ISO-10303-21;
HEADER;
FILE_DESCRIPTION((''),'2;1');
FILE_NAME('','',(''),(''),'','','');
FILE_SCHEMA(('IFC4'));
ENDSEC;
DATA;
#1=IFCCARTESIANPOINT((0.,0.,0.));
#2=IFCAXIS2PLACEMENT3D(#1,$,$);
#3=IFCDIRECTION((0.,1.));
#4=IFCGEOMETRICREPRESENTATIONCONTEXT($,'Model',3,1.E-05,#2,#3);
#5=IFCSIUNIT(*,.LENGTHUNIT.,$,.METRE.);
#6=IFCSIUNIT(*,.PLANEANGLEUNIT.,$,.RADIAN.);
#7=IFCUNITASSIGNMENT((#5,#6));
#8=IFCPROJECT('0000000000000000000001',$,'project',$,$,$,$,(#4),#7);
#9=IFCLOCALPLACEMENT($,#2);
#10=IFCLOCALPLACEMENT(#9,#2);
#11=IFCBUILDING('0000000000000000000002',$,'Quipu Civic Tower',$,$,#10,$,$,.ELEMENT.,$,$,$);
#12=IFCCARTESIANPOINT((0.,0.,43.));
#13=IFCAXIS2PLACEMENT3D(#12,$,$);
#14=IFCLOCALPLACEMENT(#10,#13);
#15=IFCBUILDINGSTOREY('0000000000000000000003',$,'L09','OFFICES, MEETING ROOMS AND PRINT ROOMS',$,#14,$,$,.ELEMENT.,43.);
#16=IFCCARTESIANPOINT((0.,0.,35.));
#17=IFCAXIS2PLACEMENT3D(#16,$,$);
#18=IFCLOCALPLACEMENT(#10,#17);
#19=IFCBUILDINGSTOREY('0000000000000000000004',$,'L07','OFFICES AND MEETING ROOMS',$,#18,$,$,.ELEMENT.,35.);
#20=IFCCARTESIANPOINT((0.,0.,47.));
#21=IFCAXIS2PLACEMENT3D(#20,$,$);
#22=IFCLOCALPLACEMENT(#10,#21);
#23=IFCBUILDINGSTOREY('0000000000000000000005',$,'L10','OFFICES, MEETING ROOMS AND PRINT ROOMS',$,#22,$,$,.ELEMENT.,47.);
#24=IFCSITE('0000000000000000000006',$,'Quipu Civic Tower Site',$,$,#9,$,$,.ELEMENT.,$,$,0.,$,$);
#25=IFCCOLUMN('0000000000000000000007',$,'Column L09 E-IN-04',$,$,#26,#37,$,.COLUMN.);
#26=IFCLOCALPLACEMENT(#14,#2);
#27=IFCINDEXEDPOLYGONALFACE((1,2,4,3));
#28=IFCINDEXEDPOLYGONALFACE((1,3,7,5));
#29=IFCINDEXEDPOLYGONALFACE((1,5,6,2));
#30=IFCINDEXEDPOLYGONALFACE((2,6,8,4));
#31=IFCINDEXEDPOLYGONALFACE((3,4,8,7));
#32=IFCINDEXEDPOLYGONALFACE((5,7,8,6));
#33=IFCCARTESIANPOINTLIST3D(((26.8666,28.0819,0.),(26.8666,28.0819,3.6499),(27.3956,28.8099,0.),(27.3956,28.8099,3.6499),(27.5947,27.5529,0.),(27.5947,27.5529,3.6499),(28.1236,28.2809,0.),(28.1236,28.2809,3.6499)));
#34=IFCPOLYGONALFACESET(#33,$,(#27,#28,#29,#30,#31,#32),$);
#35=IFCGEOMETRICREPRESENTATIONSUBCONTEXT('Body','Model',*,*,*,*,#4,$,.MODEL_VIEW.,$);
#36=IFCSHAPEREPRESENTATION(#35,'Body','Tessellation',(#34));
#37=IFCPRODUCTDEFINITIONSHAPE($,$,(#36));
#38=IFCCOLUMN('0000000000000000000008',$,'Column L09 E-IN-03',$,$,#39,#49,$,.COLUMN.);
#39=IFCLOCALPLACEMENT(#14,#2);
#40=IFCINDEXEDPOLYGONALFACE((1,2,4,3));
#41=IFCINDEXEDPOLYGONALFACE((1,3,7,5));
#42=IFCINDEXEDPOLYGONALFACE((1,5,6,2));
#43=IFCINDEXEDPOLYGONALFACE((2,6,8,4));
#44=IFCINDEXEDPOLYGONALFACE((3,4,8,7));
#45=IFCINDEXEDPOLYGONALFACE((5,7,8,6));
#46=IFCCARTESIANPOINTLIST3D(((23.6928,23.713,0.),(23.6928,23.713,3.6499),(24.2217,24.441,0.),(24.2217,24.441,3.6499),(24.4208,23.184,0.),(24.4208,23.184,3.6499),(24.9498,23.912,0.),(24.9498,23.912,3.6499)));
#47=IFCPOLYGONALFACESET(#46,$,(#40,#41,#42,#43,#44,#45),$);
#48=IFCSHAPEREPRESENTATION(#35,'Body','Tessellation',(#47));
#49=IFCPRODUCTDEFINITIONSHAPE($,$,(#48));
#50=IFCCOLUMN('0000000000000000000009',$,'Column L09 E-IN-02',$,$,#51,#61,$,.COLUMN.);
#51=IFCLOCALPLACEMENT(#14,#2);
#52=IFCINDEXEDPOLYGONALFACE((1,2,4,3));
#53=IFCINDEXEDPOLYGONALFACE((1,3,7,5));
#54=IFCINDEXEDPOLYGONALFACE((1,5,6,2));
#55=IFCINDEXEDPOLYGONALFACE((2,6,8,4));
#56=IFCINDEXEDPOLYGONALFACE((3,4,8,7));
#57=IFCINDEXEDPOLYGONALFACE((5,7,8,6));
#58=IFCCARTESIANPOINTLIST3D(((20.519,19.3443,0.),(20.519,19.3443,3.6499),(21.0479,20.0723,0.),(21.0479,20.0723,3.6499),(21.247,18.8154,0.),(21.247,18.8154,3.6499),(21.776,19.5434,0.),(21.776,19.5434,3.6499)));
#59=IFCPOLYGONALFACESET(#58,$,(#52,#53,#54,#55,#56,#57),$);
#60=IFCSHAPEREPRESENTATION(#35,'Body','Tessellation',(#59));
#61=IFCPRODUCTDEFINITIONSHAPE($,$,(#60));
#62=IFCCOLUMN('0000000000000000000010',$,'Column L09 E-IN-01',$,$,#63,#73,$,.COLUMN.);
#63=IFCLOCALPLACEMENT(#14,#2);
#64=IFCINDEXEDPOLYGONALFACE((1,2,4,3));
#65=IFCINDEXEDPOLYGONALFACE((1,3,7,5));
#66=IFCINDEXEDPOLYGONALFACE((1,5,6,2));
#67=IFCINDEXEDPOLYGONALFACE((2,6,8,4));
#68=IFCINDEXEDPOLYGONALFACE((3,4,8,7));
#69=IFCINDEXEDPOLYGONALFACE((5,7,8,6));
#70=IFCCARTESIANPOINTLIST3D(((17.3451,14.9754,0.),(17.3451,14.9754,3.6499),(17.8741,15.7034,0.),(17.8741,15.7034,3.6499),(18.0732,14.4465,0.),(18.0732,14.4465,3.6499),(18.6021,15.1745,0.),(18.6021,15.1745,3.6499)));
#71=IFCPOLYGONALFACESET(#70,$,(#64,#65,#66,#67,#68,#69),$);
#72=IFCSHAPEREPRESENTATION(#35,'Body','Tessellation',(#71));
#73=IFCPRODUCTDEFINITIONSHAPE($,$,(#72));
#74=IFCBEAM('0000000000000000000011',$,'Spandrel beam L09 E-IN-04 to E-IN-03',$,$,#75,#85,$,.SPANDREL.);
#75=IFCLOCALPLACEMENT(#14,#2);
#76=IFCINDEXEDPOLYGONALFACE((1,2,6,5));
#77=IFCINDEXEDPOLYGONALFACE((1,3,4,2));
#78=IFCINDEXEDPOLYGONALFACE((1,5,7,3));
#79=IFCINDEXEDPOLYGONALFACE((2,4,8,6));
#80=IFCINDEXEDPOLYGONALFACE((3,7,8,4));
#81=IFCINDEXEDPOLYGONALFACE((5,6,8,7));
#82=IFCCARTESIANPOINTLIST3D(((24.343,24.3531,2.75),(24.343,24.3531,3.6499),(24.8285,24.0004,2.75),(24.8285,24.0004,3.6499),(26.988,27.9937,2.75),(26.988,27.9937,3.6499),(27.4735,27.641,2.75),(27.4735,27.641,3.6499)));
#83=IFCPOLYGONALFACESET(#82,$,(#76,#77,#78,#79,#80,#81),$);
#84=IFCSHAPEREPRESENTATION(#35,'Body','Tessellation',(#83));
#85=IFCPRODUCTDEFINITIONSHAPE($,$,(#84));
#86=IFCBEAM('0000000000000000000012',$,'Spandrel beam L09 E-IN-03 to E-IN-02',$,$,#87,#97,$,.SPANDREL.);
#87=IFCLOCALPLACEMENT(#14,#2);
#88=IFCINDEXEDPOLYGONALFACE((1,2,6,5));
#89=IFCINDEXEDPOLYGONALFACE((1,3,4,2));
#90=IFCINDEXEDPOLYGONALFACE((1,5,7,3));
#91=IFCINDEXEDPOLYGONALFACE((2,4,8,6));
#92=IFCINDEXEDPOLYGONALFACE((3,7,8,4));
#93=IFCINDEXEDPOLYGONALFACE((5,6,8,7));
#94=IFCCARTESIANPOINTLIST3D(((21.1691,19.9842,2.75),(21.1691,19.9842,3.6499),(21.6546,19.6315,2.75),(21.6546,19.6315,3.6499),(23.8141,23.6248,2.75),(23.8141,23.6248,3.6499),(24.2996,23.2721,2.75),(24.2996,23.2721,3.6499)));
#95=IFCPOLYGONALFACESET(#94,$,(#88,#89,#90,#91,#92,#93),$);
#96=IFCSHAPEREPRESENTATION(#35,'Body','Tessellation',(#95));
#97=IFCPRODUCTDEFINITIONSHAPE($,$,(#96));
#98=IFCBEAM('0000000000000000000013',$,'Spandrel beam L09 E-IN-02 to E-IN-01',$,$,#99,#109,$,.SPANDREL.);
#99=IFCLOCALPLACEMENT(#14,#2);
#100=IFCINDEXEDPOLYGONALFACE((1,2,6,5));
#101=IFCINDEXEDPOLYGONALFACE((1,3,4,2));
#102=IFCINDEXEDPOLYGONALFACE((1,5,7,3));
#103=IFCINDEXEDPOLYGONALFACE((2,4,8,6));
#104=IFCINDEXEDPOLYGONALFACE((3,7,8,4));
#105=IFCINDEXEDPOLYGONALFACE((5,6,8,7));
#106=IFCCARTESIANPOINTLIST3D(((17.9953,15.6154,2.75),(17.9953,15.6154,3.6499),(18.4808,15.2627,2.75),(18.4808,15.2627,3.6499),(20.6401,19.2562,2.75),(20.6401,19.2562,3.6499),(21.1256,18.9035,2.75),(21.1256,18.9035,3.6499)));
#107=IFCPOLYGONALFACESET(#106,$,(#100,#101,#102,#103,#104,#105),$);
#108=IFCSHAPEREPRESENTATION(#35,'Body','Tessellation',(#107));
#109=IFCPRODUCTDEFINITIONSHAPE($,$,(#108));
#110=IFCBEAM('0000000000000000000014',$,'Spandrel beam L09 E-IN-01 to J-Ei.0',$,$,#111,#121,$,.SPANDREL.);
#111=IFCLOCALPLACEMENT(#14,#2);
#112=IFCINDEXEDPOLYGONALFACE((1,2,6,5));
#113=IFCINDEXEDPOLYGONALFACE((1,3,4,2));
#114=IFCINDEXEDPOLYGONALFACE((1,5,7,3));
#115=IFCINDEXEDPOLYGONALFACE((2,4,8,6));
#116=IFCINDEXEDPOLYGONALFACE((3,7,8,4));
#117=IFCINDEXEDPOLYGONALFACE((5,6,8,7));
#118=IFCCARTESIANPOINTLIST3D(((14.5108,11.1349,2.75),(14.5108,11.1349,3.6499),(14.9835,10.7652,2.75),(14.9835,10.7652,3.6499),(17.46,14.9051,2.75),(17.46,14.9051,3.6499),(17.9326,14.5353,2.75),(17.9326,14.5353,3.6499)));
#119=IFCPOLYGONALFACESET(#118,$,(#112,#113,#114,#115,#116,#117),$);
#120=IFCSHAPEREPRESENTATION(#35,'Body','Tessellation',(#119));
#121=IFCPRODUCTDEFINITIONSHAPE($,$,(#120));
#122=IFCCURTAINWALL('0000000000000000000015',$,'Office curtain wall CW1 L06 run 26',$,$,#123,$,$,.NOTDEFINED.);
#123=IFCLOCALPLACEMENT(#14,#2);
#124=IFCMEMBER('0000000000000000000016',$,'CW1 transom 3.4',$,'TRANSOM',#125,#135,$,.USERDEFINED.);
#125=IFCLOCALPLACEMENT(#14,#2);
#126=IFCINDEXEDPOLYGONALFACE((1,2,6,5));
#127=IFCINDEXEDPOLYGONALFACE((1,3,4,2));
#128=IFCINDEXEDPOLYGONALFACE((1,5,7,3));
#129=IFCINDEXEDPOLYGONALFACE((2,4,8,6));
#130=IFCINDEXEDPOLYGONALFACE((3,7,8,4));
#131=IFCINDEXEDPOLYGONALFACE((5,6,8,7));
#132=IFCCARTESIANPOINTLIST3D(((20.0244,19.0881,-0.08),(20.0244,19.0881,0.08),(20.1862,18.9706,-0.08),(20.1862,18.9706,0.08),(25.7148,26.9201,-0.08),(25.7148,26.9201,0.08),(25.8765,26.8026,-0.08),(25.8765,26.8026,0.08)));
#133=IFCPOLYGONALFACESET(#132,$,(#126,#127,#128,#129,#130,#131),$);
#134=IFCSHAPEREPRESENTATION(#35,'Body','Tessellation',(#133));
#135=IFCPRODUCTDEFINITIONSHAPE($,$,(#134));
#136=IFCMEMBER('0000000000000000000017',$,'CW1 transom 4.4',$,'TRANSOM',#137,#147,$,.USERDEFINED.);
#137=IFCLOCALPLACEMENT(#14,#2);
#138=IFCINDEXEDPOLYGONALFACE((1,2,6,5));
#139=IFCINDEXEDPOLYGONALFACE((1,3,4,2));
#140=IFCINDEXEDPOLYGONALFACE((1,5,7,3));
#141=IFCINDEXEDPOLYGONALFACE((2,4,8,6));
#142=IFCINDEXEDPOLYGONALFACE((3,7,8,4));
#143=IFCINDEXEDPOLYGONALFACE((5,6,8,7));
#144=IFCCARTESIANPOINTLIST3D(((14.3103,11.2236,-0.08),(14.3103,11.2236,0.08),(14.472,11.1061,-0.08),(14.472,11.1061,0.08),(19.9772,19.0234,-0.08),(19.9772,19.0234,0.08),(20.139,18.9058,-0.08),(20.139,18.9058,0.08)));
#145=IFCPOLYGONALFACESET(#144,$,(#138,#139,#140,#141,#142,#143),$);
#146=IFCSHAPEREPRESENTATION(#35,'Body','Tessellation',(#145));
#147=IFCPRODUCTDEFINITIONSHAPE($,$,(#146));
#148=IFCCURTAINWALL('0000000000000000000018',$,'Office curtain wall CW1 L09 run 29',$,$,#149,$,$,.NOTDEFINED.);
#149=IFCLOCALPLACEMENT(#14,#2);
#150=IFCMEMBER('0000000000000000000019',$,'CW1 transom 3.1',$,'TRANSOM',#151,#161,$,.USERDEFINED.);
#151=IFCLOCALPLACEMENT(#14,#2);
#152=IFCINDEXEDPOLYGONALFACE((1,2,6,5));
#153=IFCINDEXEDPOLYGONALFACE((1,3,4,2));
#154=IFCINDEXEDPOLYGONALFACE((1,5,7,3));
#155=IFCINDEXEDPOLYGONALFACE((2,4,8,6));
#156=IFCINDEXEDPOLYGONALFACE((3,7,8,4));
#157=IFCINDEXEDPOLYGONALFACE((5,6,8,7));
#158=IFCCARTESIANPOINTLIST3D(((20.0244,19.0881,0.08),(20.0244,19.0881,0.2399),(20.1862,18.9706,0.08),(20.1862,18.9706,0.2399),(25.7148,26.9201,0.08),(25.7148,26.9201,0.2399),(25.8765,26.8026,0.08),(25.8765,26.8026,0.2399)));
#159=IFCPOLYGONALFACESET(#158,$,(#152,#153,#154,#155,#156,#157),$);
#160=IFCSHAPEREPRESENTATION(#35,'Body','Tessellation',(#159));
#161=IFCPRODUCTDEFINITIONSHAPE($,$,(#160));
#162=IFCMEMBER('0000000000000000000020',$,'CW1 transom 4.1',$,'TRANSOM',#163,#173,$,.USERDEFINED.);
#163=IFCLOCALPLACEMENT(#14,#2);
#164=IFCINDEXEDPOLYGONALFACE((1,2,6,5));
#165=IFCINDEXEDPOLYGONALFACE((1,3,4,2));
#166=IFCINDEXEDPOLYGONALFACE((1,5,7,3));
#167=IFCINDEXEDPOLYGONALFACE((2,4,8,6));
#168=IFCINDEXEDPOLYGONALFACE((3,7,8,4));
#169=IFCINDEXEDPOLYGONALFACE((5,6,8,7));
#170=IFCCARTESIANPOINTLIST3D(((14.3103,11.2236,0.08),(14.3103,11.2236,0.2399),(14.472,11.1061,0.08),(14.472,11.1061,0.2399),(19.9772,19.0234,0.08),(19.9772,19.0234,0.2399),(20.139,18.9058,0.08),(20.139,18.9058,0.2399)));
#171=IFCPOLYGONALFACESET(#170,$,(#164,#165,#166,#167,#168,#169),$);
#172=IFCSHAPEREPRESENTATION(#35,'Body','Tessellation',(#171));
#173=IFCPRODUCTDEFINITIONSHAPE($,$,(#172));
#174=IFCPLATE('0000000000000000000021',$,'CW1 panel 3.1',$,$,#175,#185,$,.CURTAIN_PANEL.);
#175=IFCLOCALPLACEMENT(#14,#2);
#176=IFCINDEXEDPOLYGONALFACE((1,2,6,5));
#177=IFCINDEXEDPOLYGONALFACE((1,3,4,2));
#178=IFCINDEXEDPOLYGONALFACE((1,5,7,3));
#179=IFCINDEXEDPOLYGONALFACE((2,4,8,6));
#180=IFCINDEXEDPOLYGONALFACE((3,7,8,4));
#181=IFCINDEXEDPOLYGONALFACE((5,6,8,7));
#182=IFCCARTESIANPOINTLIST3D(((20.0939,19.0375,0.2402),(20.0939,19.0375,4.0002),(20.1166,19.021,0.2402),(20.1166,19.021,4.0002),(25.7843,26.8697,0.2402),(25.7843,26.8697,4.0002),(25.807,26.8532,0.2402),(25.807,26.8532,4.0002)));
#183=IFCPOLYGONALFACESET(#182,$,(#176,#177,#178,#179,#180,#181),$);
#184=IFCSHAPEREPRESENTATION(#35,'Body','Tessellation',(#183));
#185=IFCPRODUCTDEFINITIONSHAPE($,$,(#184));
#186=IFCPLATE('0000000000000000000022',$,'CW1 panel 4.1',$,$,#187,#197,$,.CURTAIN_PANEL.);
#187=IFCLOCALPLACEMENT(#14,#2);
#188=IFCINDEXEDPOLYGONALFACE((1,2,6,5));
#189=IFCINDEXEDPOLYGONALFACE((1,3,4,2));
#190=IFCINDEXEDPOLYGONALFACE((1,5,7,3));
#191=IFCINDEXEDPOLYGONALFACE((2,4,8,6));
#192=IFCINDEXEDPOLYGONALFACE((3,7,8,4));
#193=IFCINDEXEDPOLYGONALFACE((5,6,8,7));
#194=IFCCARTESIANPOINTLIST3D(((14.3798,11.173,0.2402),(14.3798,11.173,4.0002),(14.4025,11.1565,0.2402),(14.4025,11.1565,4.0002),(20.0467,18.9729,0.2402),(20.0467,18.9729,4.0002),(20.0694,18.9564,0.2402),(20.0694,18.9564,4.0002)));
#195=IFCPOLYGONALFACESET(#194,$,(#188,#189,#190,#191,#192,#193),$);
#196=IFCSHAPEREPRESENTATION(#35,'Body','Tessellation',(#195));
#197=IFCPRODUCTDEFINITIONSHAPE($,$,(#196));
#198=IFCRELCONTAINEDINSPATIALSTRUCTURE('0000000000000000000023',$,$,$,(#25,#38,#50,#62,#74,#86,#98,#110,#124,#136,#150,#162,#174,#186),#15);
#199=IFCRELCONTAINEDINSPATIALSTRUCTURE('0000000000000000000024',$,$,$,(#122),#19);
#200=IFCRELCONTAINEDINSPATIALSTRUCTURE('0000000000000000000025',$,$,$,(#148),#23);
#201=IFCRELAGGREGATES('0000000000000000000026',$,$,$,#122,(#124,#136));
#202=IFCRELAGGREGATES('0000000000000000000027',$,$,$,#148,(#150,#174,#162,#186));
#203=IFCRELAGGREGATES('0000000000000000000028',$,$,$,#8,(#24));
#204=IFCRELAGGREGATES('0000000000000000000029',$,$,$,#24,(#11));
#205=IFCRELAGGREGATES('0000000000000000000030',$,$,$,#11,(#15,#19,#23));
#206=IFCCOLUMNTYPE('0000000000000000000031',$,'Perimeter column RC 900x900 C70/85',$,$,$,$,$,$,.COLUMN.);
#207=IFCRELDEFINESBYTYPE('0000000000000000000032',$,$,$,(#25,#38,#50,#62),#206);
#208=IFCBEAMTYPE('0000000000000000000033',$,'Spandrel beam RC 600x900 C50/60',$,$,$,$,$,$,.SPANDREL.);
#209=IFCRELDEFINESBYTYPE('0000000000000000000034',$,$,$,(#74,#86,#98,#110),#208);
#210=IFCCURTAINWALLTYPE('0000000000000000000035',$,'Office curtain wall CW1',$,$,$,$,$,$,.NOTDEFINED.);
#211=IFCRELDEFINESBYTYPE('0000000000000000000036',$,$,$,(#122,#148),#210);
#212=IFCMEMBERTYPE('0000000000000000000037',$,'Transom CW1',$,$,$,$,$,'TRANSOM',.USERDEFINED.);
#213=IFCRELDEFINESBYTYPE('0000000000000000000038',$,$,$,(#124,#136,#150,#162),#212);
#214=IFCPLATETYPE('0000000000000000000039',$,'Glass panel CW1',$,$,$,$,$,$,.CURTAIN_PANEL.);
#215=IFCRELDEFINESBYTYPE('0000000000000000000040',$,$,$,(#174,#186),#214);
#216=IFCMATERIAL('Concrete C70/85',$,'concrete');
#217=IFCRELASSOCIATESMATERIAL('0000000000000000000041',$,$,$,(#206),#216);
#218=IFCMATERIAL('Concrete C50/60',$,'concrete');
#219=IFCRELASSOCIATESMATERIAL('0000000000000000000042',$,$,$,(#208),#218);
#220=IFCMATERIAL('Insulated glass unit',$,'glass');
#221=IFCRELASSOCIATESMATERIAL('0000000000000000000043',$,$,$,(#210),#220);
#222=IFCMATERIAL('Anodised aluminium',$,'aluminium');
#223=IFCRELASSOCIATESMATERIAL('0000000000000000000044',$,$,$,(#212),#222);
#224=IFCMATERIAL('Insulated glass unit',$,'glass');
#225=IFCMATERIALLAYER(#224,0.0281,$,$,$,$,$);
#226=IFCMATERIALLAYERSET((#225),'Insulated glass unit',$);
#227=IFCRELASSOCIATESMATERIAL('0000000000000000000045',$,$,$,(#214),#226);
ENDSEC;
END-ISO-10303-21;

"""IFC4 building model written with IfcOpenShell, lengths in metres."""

from ifc_helpers import new_model, si_unit, direction, frame, origin, origin_2d, place, context, subcontext, project, spatial, rectangle, extrude, material, layer, layer_set, material_profile, profile_set, type_object, element, aggregate, save


model = new_model("IFC4")

# Units and contexts
model_context = context("Model", 3, precision=1e-05, world=origin(), true_north=direction((0.0, 1.0)))
body_context = subcontext(model_context, "Body", "Model", "MODEL_VIEW")
ifc_project = project(units=[si_unit("LENGTHUNIT", "METRE"), si_unit("PLANEANGLEUNIT", "RADIAN")], contexts=[model_context])

# Site, building, storey
site_placement = place(None, origin())
site = spatial("IfcSite", under=ifc_project, at=site_placement, Name="Quipu Civic Tower Site", CompositionType="ELEMENT", RefElevation=0.0)
building_placement = place(site_placement, origin())
building = spatial("IfcBuilding", under=site, at=building_placement, Name="Quipu Civic Tower", CompositionType="ELEMENT")
storey_1_placement = place(building_placement, frame((0.0, 0.0, 43.0)))
storey_1 = spatial("IfcBuildingStorey", under=building, at=storey_1_placement, Name="L09", Description="OFFICES, MEETING ROOMS AND PRINT ROOMS", CompositionType="ELEMENT", Elevation=43.0)

# Columns
ifc_material_1 = material(Name="Concrete C70/85", Category="concrete")
ifc_material_profile_1 = material_profile(ifc_material_1, rectangle(XDim=0.8999, YDim=0.8999, at=origin_2d()), Name="RC900x900")
ifc_profile_set_1 = profile_set([ifc_material_profile_1], Name="Concrete C70/85")
column_type = type_object("IfcColumnType", Name="Perimeter column RC 900x900 C70/85", PredefinedType="COLUMN", material=ifc_profile_set_1)
for number, where, z_axis, x_axis, name in (
    (1, (27.4951, 28.1814, 0.0), (0.0, 0.0, 1.0), (-0.587785, -0.809017, 0.0), "Column L09 E-IN-04"),
    (2, (24.3213, 23.8125, 0.0), (0.0, 0.0, 1.0), (-0.587785, -0.809017, 0.0), "Column L09 E-IN-03"),
    (3, (21.1475, 19.4438, 0.0), (0.0, 0.0, 1.0), (-0.587785, -0.809017, 0.0), "Column L09 E-IN-02"),
    (4, (17.9736, 15.075, 0.0), (0.0, 0.0, 1.0), (-0.587785, -0.809017, 0.0), "Column L09 E-IN-01"),
):
    element("IfcColumn", number, at=place(storey_1_placement, frame(where, z_axis=z_axis, x_axis=x_axis)), inside=storey_1, type_object=column_type, Name=name, PredefinedType="COLUMN", context=body_context, shape_type="SweptSolid", body=[
        extrude(rectangle(XDim=0.8999, YDim=0.8999, at=origin_2d()), origin(), (0.0, 0.0, 1.0), 3.6499),
    ])

# Beams
ifc_material_2 = material(Name="Concrete C50/60", Category="concrete")
ifc_material_profile_2 = material_profile(ifc_material_2, rectangle(XDim=0.6001, YDim=0.8999, at=origin_2d()), Name="RC600x900")
ifc_profile_set_2 = profile_set([ifc_material_profile_2], Name="Concrete C50/60")
beam_type = type_object("IfcBeamType", Name="Spandrel beam RC 600x900 C50/60", PredefinedType="SPANDREL", material=ifc_profile_set_2)
for number, where, z_axis, x_axis, name in (
    (5, (27.2307, 27.8174, 3.2), (-0.587778, -0.809022, 0.0), (0.809022, -0.587778, 0.0), "Spandrel beam L09 E-IN-04 to E-IN-03"),
    (6, (24.0569, 23.4485, 3.2), (-0.587778, -0.809022, 0.0), (0.809022, -0.587778, 0.0), "Spandrel beam L09 E-IN-03 to E-IN-02"),
    (7, (20.8828, 19.0798, 3.2), (-0.587717, -0.809067, 0.0), (0.809067, -0.587717, 0.0), "Spandrel beam L09 E-IN-02 to E-IN-01"),
):
    element("IfcBeam", number, at=place(storey_1_placement, frame(where, z_axis=z_axis, x_axis=x_axis)), inside=storey_1, type_object=beam_type, Name=name, PredefinedType="SPANDREL", context=body_context, shape_type="SweptSolid", body=[
        extrude(rectangle(XDim=0.6001, YDim=0.8999, at=origin_2d()), origin(), (0.0, 0.0, 1.0), 4.5),
    ])
beam_placement = place(storey_1_placement, frame((17.6963, 14.7202, 3.2), z_axis=(-0.616124, -0.787649, 0.0), x_axis=(0.787649, -0.616124, 0.0)))
element("IfcBeam", 8, at=beam_placement, inside=storey_1, type_object=beam_type, Name="Spandrel beam L09 E-IN-01 to J-Ei.0", PredefinedType="SPANDREL", context=body_context, shape_type="SweptSolid", body=[
    extrude(rectangle(XDim=0.6001, YDim=0.8999, at=origin_2d()), origin(), (0.0, 0.0, 1.0), 4.7866),
])

# Shared definitions
storey_2_placement = place(building_placement, frame((0.0, 0.0, 35.0)))
storey_2 = spatial("IfcBuildingStorey", under=building, at=storey_2_placement, Name="L07", Description="OFFICES AND MEETING ROOMS", CompositionType="ELEMENT", Elevation=35.0)

# Curtain wall, members
ifc_material_3 = material(Name="Insulated glass unit", Category="glass")
curtain_wall_type = type_object("IfcCurtainWallType", Name="Office curtain wall CW1", PredefinedType="NOTDEFINED", material=ifc_material_3)
curtain_wall_1_placement = place(storey_2_placement, origin())
curtain_wall_1 = element("IfcCurtainWall", 9, at=curtain_wall_1_placement, inside=storey_2, type_object=curtain_wall_type, Name="Office curtain wall CW1 L06 run 26", PredefinedType="NOTDEFINED")
ifc_material_4 = material(Name="Anodised aluminium", Category="aluminium")
ifc_material_profile_3 = material_profile(ifc_material_4, rectangle(XDim=0.2, YDim=0.1599, at=origin_2d()), Name="RECT 200x160")
ifc_profile_set_3 = profile_set([ifc_material_profile_3], Name="Anodised aluminium")
member_type = type_object("IfcMemberType", Name="Transom CW1", ElementType="TRANSOM", PredefinedType="USERDEFINED", material=ifc_profile_set_3)
member_1_placement = place(storey_1_placement, frame((25.7957, 26.8613, 0.0), z_axis=(-0.587794, -0.809011, 0.0), x_axis=(0.809011, -0.587794, 0.0)))
member_1 = element("IfcMember", 10, at=member_1_placement, inside=storey_1, type_object=member_type, Name="CW1 transom 3.4", ObjectType="TRANSOM", PredefinedType="USERDEFINED", context=body_context, shape_type="SweptSolid", body=[
    extrude(rectangle(XDim=0.2, YDim=0.1599, at=origin_2d()), origin(), (0.0, 0.0, 1.0), 9.6809),
])
member_2_placement = place(storey_1_placement, frame((20.0581, 18.9646, 0.0), z_axis=(-0.587792, -0.809012, 0.0), x_axis=(0.809012, -0.587792, 0.0)))
member_2 = element("IfcMember", 11, at=member_2_placement, inside=storey_1, type_object=member_type, Name="CW1 transom 4.4", ObjectType="TRANSOM", PredefinedType="USERDEFINED", context=body_context, shape_type="SweptSolid", body=[
    extrude(rectangle(XDim=0.2, YDim=0.1599, at=origin_2d()), origin(), (0.0, 0.0, 1.0), 9.6411),
])
aggregate(curtain_wall_1, [member_1, member_2])

# Shared definitions
storey_3_placement = place(building_placement, frame((0.0, 0.0, 47.0)))
storey_3 = spatial("IfcBuildingStorey", under=building, at=storey_3_placement, Name="L10", Description="OFFICES, MEETING ROOMS AND PRINT ROOMS", CompositionType="ELEMENT", Elevation=47.0)

# Curtain wall, members, plates
curtain_wall_2_placement = place(storey_3_placement, origin())
curtain_wall_2 = element("IfcCurtainWall", 12, at=curtain_wall_2_placement, inside=storey_3, type_object=curtain_wall_type, Name="Office curtain wall CW1 L09 run 29", PredefinedType="NOTDEFINED")
member_3_placement = place(storey_1_placement, frame((25.7957, 26.8613, 0.1599), z_axis=(-0.587794, -0.809011, 0.0), x_axis=(0.809011, -0.587794, 0.0)))
member_3 = element("IfcMember", 13, at=member_3_placement, inside=storey_1, type_object=member_type, Name="CW1 transom 3.1", ObjectType="TRANSOM", PredefinedType="USERDEFINED", context=body_context, shape_type="SweptSolid", body=[
    extrude(rectangle(XDim=0.2, YDim=0.1599, at=origin_2d()), origin(), (0.0, 0.0, 1.0), 9.6809),
])
member_4_placement = place(storey_1_placement, frame((20.0581, 18.9646, 0.1599), z_axis=(-0.587792, -0.809012, 0.0), x_axis=(0.809012, -0.587792, 0.0)))
member_4 = element("IfcMember", 14, at=member_4_placement, inside=storey_1, type_object=member_type, Name="CW1 transom 4.1", ObjectType="TRANSOM", PredefinedType="USERDEFINED", context=body_context, shape_type="SweptSolid", body=[
    extrude(rectangle(XDim=0.2, YDim=0.1599, at=origin_2d()), origin(), (0.0, 0.0, 1.0), 9.6411),
])
ifc_material_5 = material(Name="Insulated glass unit", Category="glass")
ifc_layer_1 = layer(ifc_material_5, 0.0281)
ifc_layer_set_1 = layer_set([ifc_layer_1], Name="Insulated glass unit")
plate_type_1 = type_object("IfcPlateType", Name="Glass panel CW1", PredefinedType="CURTAIN_PANEL", material=ifc_layer_set_1)
plate_1_placement = place(storey_1_placement, frame((22.9504, 22.9453, 0.2402), z_axis=(0.0, 0.0, 1.0), x_axis=(-0.587786, -0.809017, 0.0)))
plate_1 = element("IfcPlate", 15, at=plate_1_placement, inside=storey_1, type_object=plate_type_1, Name="CW1 panel 3.1", PredefinedType="CURTAIN_PANEL", context=body_context, shape_type="SweptSolid", body=[
    extrude(rectangle(XDim=9.6812, YDim=0.0281, at=origin_2d()), origin(), (0.0, 0.0, 1.0), 3.76),
])
plate_2_placement = place(storey_1_placement, frame((17.2246, 15.0647, 0.2402), z_axis=(0.0, 0.0, 1.0), x_axis=(-0.587786, -0.809017, 0.0)))
plate_2 = element("IfcPlate", 16, at=plate_2_placement, inside=storey_1, type_object=plate_type_1, Name="CW1 panel 4.1", PredefinedType="CURTAIN_PANEL", context=body_context, shape_type="SweptSolid", body=[
    extrude(rectangle(XDim=9.6411, YDim=0.0281, at=origin_2d()), origin(), (0.0, 0.0, 1.0), 3.76),
])
aggregate(curtain_wall_2, [member_3, plate_1, member_4, plate_2])

save(model, "model.ifc")
